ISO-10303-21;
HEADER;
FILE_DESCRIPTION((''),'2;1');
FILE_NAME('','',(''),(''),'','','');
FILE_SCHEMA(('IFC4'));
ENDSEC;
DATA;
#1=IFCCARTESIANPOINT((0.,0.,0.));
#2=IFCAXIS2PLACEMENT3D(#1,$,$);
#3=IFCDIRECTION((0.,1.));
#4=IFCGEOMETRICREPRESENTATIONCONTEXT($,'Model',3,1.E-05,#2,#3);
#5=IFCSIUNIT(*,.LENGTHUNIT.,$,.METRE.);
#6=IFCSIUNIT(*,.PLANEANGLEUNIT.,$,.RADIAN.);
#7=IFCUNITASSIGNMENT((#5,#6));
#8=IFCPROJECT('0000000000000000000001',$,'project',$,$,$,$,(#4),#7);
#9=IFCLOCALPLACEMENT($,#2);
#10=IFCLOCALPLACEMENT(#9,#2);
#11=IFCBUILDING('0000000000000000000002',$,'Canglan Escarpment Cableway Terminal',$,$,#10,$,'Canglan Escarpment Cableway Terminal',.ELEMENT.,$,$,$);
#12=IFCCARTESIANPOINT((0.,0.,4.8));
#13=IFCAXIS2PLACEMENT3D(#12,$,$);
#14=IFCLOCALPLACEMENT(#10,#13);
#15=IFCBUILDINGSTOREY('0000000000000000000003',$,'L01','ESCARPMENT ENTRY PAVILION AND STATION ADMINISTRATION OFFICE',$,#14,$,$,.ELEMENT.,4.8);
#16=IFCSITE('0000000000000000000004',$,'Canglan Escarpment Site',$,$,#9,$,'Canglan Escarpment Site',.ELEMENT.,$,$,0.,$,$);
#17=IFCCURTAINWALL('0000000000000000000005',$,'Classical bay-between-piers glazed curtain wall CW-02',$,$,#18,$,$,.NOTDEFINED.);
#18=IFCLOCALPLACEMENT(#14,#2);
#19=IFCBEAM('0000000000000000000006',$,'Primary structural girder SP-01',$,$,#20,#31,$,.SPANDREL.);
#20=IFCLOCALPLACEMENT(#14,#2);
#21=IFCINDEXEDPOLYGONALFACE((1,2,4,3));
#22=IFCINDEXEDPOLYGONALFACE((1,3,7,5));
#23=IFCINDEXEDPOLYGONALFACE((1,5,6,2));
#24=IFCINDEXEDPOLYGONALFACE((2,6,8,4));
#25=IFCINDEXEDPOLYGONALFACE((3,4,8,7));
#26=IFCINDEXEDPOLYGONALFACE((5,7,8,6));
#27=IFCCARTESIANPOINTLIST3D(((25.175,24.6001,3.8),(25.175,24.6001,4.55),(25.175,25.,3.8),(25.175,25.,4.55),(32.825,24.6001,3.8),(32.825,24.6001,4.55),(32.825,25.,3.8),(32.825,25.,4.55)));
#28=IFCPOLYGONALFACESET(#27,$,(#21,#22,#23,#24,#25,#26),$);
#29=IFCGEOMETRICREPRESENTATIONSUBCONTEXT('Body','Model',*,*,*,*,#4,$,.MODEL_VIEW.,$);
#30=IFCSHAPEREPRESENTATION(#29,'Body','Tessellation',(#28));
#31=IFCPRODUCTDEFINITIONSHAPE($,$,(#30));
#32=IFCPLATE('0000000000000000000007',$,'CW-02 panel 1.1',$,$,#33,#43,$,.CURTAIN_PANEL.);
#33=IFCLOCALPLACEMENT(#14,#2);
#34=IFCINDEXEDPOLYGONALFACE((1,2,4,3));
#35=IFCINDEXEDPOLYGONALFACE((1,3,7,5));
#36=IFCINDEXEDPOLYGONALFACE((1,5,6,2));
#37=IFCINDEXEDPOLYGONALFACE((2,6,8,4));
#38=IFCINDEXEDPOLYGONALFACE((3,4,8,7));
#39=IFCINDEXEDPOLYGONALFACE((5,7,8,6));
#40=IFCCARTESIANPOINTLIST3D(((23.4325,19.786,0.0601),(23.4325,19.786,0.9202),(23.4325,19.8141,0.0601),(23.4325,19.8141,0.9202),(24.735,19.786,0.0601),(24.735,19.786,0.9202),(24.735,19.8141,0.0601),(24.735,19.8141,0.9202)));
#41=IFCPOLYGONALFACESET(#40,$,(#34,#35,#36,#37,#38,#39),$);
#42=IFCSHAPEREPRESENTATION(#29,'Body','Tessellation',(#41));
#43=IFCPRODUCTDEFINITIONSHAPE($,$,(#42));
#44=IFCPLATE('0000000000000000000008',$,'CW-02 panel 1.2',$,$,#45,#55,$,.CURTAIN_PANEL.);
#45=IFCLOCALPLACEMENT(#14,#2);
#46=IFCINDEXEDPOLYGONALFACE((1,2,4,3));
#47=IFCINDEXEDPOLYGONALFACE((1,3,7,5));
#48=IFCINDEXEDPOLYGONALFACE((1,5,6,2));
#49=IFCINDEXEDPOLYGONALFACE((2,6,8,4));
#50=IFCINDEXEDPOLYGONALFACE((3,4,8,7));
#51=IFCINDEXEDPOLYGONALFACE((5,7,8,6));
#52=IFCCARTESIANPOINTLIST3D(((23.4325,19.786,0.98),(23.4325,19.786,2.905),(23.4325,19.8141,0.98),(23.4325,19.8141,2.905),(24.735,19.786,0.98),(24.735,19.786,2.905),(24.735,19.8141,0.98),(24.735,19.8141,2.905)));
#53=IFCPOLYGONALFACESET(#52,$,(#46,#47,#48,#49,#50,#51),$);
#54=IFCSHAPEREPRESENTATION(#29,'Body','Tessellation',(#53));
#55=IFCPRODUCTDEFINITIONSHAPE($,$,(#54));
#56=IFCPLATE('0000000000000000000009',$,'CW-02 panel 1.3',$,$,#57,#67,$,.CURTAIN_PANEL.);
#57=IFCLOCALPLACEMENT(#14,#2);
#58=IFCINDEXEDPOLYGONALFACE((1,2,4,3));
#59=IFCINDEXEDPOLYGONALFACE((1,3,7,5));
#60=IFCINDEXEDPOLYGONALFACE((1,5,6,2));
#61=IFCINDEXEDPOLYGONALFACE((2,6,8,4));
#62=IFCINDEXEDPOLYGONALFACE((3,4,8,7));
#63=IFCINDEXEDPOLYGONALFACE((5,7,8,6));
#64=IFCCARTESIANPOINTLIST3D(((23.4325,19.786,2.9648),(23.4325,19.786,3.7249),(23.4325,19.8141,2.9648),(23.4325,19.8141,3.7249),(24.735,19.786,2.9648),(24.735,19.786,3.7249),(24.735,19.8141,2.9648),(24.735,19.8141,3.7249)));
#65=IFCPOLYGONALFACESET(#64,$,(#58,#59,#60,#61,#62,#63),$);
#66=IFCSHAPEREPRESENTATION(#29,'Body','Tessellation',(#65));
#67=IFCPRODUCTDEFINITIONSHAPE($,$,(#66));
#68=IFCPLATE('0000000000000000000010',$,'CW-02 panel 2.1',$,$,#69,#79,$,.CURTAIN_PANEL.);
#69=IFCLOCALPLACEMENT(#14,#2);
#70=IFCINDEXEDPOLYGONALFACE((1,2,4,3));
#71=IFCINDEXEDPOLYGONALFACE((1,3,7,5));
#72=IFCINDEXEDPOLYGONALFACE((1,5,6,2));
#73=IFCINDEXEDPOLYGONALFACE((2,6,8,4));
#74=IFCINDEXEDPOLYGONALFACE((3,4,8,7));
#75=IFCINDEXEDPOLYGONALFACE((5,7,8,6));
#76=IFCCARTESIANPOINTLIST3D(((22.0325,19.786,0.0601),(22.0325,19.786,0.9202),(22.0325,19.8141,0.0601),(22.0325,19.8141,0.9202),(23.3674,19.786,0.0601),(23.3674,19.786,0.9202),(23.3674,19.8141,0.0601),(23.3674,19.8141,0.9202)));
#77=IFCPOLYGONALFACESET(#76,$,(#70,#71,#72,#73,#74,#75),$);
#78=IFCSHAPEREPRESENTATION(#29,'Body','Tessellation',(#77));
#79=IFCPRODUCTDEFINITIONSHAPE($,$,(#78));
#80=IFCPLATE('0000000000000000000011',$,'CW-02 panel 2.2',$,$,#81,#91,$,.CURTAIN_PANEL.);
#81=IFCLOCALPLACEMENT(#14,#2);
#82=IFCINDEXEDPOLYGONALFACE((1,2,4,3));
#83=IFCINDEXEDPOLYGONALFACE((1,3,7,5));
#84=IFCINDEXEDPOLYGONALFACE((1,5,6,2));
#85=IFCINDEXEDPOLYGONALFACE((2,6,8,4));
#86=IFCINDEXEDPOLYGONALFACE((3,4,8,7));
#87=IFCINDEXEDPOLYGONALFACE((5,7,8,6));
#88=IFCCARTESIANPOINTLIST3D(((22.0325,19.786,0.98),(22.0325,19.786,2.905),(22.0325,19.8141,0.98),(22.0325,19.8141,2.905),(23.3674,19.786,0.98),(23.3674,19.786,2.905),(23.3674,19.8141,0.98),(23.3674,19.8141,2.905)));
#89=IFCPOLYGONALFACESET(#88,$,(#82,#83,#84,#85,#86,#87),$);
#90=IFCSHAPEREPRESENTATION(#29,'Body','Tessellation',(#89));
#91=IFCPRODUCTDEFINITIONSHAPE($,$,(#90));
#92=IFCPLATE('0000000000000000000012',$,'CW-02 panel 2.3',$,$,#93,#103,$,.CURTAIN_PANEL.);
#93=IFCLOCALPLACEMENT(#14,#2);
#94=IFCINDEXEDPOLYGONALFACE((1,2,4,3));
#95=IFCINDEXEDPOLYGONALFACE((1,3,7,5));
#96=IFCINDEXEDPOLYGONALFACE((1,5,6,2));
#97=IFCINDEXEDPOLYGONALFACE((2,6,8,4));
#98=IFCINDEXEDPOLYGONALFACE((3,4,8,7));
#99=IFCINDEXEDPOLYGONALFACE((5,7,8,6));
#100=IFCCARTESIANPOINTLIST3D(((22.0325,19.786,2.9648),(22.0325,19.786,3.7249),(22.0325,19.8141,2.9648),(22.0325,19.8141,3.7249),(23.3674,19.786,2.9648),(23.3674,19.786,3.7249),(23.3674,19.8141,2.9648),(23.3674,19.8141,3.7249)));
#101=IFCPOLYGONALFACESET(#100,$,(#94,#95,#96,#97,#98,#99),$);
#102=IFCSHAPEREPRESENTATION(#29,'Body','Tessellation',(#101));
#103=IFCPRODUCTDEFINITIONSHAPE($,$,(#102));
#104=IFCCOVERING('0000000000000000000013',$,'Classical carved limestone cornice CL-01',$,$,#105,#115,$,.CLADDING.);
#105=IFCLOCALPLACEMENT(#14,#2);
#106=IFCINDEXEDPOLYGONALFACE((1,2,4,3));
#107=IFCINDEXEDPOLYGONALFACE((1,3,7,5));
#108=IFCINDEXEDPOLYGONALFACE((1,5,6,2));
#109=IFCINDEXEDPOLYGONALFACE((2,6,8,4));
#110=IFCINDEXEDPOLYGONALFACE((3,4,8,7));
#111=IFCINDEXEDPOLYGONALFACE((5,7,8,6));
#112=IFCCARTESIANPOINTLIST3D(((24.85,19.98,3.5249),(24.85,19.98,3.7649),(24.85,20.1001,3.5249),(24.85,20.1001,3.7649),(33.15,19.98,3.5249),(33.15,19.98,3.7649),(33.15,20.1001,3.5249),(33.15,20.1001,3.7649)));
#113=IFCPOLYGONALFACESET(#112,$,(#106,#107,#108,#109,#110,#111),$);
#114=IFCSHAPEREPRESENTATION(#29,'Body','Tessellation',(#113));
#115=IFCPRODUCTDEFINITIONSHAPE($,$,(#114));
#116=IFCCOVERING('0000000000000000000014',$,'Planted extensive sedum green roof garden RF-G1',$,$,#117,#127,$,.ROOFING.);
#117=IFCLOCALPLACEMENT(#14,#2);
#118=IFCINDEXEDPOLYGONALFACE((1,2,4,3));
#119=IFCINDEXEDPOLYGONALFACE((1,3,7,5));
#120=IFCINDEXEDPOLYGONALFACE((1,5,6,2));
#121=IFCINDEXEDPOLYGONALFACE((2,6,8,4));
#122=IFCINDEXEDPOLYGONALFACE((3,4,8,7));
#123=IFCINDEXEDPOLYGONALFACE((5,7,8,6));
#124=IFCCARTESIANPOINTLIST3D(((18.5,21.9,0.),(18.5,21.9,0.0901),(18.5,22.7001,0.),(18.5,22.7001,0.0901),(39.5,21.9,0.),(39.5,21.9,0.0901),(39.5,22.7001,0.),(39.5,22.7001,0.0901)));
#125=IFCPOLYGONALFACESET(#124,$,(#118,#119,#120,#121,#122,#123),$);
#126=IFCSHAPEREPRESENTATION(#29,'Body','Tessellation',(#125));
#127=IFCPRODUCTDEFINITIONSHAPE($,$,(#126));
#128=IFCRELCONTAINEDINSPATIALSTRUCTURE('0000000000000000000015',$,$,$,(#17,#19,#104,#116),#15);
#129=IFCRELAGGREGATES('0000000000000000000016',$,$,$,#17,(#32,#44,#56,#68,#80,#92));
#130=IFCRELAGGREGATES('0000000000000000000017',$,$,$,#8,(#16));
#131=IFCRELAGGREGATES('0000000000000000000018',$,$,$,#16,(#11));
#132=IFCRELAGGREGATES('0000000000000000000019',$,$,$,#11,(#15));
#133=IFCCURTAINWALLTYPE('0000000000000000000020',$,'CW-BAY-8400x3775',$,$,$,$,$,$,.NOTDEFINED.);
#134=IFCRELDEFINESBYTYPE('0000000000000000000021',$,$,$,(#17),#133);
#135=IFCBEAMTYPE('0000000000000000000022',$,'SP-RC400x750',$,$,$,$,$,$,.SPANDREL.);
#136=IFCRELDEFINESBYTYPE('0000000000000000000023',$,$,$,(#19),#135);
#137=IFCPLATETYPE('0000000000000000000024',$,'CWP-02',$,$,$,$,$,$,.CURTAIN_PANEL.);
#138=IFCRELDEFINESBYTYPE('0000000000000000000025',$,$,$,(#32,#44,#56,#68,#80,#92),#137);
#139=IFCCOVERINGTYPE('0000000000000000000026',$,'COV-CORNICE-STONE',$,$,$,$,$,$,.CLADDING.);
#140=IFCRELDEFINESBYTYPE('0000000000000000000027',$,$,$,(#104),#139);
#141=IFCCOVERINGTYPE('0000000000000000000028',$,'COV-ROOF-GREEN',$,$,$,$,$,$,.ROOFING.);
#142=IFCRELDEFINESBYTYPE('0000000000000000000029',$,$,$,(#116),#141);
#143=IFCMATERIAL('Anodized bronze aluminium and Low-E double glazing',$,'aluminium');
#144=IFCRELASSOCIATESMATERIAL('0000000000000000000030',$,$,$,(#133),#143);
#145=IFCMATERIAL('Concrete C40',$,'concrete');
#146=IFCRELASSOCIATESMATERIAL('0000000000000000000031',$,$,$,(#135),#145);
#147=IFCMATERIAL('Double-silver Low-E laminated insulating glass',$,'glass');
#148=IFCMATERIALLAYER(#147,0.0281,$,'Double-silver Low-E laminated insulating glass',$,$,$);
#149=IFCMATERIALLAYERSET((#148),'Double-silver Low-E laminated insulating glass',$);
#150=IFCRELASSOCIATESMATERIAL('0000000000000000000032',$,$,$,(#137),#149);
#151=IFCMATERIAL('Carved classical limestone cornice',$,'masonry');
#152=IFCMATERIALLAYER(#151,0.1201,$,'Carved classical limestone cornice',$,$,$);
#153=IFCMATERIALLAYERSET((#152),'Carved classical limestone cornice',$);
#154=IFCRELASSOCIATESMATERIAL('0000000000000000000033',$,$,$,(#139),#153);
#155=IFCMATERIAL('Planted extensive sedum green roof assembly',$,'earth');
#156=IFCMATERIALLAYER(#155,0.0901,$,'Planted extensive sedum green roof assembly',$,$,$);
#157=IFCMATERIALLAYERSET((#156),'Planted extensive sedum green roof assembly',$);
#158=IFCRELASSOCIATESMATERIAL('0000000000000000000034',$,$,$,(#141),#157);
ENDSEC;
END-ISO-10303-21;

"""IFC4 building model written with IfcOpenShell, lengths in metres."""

from ifc_helpers import new_model, si_unit, direction, frame, origin, origin_2d, place, context, subcontext, project, spatial, rectangle, extrude, material, layer, layer_set, material_profile, profile_set, type_object, element, aggregate, save


model = new_model("IFC4")

# Units and contexts
model_context = context("Model", 3, precision=1e-05, world=origin(), true_north=direction((0.0, 1.0)))
body_context = subcontext(model_context, "Body", "Model", "MODEL_VIEW")
ifc_project = project(units=[si_unit("LENGTHUNIT", "METRE"), si_unit("PLANEANGLEUNIT", "RADIAN")], contexts=[model_context])

# Site, building, storey
site_placement = place(None, origin())
site = spatial("IfcSite", under=ifc_project, at=site_placement, Name="Canglan Escarpment Site", LongName="Canglan Escarpment Site", CompositionType="ELEMENT", RefElevation=0.0)
building_placement = place(site_placement, origin())
building = spatial("IfcBuilding", under=site, at=building_placement, Name="Canglan Escarpment Cableway Terminal", LongName="Canglan Escarpment Cableway Terminal", CompositionType="ELEMENT")
storey_placement = place(building_placement, frame((0.0, 0.0, 4.8)))
storey = spatial("IfcBuildingStorey", under=building, at=storey_placement, Name="L01", Description="ESCARPMENT ENTRY PAVILION AND STATION ADMINISTRATION OFFICE", CompositionType="ELEMENT", Elevation=4.8)

# Shared definitions
ifc_material_1 = material(Name="Concrete C40", Category="concrete")

# Curtain wall
ifc_material_2 = material(Name="Anodized bronze aluminium and Low-E double glazing", Category="aluminium")
curtain_wall_type = type_object("IfcCurtainWallType", Name="CW-BAY-8400x3775", PredefinedType="NOTDEFINED", material=ifc_material_2)
curtain_wall_placement = place(storey_placement, origin())
curtain_wall = element("IfcCurtainWall", 1, at=curtain_wall_placement, inside=storey, type_object=curtain_wall_type, Name="Classical bay-between-piers glazed curtain wall CW-02", PredefinedType="NOTDEFINED")

# Beam
ifc_material_profile_1 = material_profile(ifc_material_1, rectangle(XDim=0.3999, YDim=0.75, at=origin_2d()), Name="RC 400x750")
ifc_profile_set_1 = profile_set([ifc_material_profile_1], Name="Concrete C40")
beam_type_1 = type_object("IfcBeamType", Name="SP-RC400x750", PredefinedType="SPANDREL", material=ifc_profile_set_1)
beam_1_placement = place(storey_placement, frame((25.175, 24.8, 4.175), z_axis=(1.0, 0.0, 0.0), x_axis=(0.0, 1.0, 0.0)))
element("IfcBeam", 2, at=beam_1_placement, inside=storey, type_object=beam_type_1, Name="Primary structural girder SP-01", PredefinedType="SPANDREL", context=body_context, shape_type="SweptSolid", body=[
    extrude(rectangle(XDim=0.3999, YDim=0.75, at=origin_2d()), origin(), (0.0, 0.0, 1.0), 7.6499),
])

# Plates
ifc_material_3 = material(Name="Double-silver Low-E laminated insulating glass", Category="glass")
ifc_layer_1 = layer(ifc_material_3, 0.0281, Name="Double-silver Low-E laminated insulating glass")
ifc_layer_set_1 = layer_set([ifc_layer_1], Name="Double-silver Low-E laminated insulating glass")
plate_type = type_object("IfcPlateType", Name="CWP-02", PredefinedType="CURTAIN_PANEL", material=ifc_layer_set_1)
plate_1_placement = place(storey_placement, frame((24.0837, 19.8, 0.0601), z_axis=(0.0, 0.0, 1.0), x_axis=(-1.0, 0.0, 0.0)))
plate_1 = element("IfcPlate", 3, at=plate_1_placement, type_object=plate_type, Name="CW-02 panel 1.1", PredefinedType="CURTAIN_PANEL", context=body_context, shape_type="SweptSolid", body=[
    extrude(rectangle(XDim=1.3025, YDim=0.0281, at=origin_2d()), origin(), (0.0, 0.0, 1.0), 0.8601),
])
plate_2_placement = place(storey_placement, frame((24.0837, 19.8, 0.98), z_axis=(0.0, 0.0, 1.0), x_axis=(-1.0, 0.0, 0.0)))
plate_2 = element("IfcPlate", 4, at=plate_2_placement, type_object=plate_type, Name="CW-02 panel 1.2", PredefinedType="CURTAIN_PANEL", context=body_context, shape_type="SweptSolid", body=[
    extrude(rectangle(XDim=1.3025, YDim=0.0281, at=origin_2d()), origin(), (0.0, 0.0, 1.0), 1.925),
])
plate_3_placement = place(storey_placement, frame((24.0837, 19.8, 2.9648), z_axis=(0.0, 0.0, 1.0), x_axis=(-1.0, 0.0, 0.0)))
plate_3 = element("IfcPlate", 5, at=plate_3_placement, type_object=plate_type, Name="CW-02 panel 1.3", PredefinedType="CURTAIN_PANEL", context=body_context, shape_type="SweptSolid", body=[
    extrude(rectangle(XDim=1.3025, YDim=0.0281, at=origin_2d()), origin(), (0.0, 0.0, 1.0), 0.76),
])
plate_4_placement = place(storey_placement, frame((22.7, 19.8, 0.0601), z_axis=(0.0, 0.0, 1.0), x_axis=(-1.0, 0.0, 0.0)))
plate_4 = element("IfcPlate", 6, at=plate_4_placement, type_object=plate_type, Name="CW-02 panel 2.1", PredefinedType="CURTAIN_PANEL", context=body_context, shape_type="SweptSolid", body=[
    extrude(rectangle(XDim=1.335, YDim=0.0281, at=origin_2d()), origin(), (0.0, 0.0, 1.0), 0.8601),
])
plate_5_placement = place(storey_placement, frame((22.7, 19.8, 0.98), z_axis=(0.0, 0.0, 1.0), x_axis=(-1.0, 0.0, 0.0)))
plate_5 = element("IfcPlate", 7, at=plate_5_placement, type_object=plate_type, Name="CW-02 panel 2.2", PredefinedType="CURTAIN_PANEL", context=body_context, shape_type="SweptSolid", body=[
    extrude(rectangle(XDim=1.335, YDim=0.0281, at=origin_2d()), origin(), (0.0, 0.0, 1.0), 1.925),
])
plate_6_placement = place(storey_placement, frame((22.7, 19.8, 2.9648), z_axis=(0.0, 0.0, 1.0), x_axis=(-1.0, 0.0, 0.0)))
plate_6 = element("IfcPlate", 8, at=plate_6_placement, type_object=plate_type, Name="CW-02 panel 2.3", PredefinedType="CURTAIN_PANEL", context=body_context, shape_type="SweptSolid", body=[
    extrude(rectangle(XDim=1.335, YDim=0.0281, at=origin_2d()), origin(), (0.0, 0.0, 1.0), 0.76),
])
aggregate(curtain_wall, [plate_1, plate_2, plate_3, plate_4, plate_5, plate_6])

# Coverings
ifc_material_4 = material(Name="Carved classical limestone cornice", Category="masonry")
ifc_layer_2 = layer(ifc_material_4, 0.1201, Name="Carved classical limestone cornice")
ifc_layer_set_2 = layer_set([ifc_layer_2], Name="Carved classical limestone cornice")
covering_type_1 = type_object("IfcCoveringType", Name="COV-CORNICE-STONE", PredefinedType="CLADDING", material=ifc_layer_set_2)
covering_1_placement = place(storey_placement, frame((29.0, 20.04, 3.5249), z_axis=(0.0, 0.0, 1.0), x_axis=(-1.0, 0.0, 0.0)))
element("IfcCovering", 9, at=covering_1_placement, inside=storey, type_object=covering_type_1, Name="Classical carved limestone cornice CL-01", PredefinedType="CLADDING", context=body_context, shape_type="SweptSolid", body=[
    extrude(rectangle(XDim=8.3, YDim=0.1201, at=origin_2d()), origin(), (0.0, 0.0, 1.0), 0.24),
])
ifc_material_5 = material(Name="Planted extensive sedum green roof assembly", Category="earth")
ifc_layer_3 = layer(ifc_material_5, 0.0901, Name="Planted extensive sedum green roof assembly")
ifc_layer_set_3 = layer_set([ifc_layer_3], Name="Planted extensive sedum green roof assembly")
covering_type_2 = type_object("IfcCoveringType", Name="COV-ROOF-GREEN", PredefinedType="ROOFING", material=ifc_layer_set_3)
covering_2_placement = place(storey_placement, frame((29.0, 22.3, 0.0), z_axis=(0.0, 0.0, 1.0), x_axis=(1.0, 0.0, 0.0)))
element("IfcCovering", 10, at=covering_2_placement, inside=storey, type_object=covering_type_2, Name="Planted extensive sedum green roof garden RF-G1", PredefinedType="ROOFING", context=body_context, shape_type="SweptSolid", body=[
    extrude(rectangle(XDim=21.0, YDim=0.8, at=origin_2d()), origin(), (0.0, 0.0, 1.0), 0.0901),
])

save(model, "model.ifc")
